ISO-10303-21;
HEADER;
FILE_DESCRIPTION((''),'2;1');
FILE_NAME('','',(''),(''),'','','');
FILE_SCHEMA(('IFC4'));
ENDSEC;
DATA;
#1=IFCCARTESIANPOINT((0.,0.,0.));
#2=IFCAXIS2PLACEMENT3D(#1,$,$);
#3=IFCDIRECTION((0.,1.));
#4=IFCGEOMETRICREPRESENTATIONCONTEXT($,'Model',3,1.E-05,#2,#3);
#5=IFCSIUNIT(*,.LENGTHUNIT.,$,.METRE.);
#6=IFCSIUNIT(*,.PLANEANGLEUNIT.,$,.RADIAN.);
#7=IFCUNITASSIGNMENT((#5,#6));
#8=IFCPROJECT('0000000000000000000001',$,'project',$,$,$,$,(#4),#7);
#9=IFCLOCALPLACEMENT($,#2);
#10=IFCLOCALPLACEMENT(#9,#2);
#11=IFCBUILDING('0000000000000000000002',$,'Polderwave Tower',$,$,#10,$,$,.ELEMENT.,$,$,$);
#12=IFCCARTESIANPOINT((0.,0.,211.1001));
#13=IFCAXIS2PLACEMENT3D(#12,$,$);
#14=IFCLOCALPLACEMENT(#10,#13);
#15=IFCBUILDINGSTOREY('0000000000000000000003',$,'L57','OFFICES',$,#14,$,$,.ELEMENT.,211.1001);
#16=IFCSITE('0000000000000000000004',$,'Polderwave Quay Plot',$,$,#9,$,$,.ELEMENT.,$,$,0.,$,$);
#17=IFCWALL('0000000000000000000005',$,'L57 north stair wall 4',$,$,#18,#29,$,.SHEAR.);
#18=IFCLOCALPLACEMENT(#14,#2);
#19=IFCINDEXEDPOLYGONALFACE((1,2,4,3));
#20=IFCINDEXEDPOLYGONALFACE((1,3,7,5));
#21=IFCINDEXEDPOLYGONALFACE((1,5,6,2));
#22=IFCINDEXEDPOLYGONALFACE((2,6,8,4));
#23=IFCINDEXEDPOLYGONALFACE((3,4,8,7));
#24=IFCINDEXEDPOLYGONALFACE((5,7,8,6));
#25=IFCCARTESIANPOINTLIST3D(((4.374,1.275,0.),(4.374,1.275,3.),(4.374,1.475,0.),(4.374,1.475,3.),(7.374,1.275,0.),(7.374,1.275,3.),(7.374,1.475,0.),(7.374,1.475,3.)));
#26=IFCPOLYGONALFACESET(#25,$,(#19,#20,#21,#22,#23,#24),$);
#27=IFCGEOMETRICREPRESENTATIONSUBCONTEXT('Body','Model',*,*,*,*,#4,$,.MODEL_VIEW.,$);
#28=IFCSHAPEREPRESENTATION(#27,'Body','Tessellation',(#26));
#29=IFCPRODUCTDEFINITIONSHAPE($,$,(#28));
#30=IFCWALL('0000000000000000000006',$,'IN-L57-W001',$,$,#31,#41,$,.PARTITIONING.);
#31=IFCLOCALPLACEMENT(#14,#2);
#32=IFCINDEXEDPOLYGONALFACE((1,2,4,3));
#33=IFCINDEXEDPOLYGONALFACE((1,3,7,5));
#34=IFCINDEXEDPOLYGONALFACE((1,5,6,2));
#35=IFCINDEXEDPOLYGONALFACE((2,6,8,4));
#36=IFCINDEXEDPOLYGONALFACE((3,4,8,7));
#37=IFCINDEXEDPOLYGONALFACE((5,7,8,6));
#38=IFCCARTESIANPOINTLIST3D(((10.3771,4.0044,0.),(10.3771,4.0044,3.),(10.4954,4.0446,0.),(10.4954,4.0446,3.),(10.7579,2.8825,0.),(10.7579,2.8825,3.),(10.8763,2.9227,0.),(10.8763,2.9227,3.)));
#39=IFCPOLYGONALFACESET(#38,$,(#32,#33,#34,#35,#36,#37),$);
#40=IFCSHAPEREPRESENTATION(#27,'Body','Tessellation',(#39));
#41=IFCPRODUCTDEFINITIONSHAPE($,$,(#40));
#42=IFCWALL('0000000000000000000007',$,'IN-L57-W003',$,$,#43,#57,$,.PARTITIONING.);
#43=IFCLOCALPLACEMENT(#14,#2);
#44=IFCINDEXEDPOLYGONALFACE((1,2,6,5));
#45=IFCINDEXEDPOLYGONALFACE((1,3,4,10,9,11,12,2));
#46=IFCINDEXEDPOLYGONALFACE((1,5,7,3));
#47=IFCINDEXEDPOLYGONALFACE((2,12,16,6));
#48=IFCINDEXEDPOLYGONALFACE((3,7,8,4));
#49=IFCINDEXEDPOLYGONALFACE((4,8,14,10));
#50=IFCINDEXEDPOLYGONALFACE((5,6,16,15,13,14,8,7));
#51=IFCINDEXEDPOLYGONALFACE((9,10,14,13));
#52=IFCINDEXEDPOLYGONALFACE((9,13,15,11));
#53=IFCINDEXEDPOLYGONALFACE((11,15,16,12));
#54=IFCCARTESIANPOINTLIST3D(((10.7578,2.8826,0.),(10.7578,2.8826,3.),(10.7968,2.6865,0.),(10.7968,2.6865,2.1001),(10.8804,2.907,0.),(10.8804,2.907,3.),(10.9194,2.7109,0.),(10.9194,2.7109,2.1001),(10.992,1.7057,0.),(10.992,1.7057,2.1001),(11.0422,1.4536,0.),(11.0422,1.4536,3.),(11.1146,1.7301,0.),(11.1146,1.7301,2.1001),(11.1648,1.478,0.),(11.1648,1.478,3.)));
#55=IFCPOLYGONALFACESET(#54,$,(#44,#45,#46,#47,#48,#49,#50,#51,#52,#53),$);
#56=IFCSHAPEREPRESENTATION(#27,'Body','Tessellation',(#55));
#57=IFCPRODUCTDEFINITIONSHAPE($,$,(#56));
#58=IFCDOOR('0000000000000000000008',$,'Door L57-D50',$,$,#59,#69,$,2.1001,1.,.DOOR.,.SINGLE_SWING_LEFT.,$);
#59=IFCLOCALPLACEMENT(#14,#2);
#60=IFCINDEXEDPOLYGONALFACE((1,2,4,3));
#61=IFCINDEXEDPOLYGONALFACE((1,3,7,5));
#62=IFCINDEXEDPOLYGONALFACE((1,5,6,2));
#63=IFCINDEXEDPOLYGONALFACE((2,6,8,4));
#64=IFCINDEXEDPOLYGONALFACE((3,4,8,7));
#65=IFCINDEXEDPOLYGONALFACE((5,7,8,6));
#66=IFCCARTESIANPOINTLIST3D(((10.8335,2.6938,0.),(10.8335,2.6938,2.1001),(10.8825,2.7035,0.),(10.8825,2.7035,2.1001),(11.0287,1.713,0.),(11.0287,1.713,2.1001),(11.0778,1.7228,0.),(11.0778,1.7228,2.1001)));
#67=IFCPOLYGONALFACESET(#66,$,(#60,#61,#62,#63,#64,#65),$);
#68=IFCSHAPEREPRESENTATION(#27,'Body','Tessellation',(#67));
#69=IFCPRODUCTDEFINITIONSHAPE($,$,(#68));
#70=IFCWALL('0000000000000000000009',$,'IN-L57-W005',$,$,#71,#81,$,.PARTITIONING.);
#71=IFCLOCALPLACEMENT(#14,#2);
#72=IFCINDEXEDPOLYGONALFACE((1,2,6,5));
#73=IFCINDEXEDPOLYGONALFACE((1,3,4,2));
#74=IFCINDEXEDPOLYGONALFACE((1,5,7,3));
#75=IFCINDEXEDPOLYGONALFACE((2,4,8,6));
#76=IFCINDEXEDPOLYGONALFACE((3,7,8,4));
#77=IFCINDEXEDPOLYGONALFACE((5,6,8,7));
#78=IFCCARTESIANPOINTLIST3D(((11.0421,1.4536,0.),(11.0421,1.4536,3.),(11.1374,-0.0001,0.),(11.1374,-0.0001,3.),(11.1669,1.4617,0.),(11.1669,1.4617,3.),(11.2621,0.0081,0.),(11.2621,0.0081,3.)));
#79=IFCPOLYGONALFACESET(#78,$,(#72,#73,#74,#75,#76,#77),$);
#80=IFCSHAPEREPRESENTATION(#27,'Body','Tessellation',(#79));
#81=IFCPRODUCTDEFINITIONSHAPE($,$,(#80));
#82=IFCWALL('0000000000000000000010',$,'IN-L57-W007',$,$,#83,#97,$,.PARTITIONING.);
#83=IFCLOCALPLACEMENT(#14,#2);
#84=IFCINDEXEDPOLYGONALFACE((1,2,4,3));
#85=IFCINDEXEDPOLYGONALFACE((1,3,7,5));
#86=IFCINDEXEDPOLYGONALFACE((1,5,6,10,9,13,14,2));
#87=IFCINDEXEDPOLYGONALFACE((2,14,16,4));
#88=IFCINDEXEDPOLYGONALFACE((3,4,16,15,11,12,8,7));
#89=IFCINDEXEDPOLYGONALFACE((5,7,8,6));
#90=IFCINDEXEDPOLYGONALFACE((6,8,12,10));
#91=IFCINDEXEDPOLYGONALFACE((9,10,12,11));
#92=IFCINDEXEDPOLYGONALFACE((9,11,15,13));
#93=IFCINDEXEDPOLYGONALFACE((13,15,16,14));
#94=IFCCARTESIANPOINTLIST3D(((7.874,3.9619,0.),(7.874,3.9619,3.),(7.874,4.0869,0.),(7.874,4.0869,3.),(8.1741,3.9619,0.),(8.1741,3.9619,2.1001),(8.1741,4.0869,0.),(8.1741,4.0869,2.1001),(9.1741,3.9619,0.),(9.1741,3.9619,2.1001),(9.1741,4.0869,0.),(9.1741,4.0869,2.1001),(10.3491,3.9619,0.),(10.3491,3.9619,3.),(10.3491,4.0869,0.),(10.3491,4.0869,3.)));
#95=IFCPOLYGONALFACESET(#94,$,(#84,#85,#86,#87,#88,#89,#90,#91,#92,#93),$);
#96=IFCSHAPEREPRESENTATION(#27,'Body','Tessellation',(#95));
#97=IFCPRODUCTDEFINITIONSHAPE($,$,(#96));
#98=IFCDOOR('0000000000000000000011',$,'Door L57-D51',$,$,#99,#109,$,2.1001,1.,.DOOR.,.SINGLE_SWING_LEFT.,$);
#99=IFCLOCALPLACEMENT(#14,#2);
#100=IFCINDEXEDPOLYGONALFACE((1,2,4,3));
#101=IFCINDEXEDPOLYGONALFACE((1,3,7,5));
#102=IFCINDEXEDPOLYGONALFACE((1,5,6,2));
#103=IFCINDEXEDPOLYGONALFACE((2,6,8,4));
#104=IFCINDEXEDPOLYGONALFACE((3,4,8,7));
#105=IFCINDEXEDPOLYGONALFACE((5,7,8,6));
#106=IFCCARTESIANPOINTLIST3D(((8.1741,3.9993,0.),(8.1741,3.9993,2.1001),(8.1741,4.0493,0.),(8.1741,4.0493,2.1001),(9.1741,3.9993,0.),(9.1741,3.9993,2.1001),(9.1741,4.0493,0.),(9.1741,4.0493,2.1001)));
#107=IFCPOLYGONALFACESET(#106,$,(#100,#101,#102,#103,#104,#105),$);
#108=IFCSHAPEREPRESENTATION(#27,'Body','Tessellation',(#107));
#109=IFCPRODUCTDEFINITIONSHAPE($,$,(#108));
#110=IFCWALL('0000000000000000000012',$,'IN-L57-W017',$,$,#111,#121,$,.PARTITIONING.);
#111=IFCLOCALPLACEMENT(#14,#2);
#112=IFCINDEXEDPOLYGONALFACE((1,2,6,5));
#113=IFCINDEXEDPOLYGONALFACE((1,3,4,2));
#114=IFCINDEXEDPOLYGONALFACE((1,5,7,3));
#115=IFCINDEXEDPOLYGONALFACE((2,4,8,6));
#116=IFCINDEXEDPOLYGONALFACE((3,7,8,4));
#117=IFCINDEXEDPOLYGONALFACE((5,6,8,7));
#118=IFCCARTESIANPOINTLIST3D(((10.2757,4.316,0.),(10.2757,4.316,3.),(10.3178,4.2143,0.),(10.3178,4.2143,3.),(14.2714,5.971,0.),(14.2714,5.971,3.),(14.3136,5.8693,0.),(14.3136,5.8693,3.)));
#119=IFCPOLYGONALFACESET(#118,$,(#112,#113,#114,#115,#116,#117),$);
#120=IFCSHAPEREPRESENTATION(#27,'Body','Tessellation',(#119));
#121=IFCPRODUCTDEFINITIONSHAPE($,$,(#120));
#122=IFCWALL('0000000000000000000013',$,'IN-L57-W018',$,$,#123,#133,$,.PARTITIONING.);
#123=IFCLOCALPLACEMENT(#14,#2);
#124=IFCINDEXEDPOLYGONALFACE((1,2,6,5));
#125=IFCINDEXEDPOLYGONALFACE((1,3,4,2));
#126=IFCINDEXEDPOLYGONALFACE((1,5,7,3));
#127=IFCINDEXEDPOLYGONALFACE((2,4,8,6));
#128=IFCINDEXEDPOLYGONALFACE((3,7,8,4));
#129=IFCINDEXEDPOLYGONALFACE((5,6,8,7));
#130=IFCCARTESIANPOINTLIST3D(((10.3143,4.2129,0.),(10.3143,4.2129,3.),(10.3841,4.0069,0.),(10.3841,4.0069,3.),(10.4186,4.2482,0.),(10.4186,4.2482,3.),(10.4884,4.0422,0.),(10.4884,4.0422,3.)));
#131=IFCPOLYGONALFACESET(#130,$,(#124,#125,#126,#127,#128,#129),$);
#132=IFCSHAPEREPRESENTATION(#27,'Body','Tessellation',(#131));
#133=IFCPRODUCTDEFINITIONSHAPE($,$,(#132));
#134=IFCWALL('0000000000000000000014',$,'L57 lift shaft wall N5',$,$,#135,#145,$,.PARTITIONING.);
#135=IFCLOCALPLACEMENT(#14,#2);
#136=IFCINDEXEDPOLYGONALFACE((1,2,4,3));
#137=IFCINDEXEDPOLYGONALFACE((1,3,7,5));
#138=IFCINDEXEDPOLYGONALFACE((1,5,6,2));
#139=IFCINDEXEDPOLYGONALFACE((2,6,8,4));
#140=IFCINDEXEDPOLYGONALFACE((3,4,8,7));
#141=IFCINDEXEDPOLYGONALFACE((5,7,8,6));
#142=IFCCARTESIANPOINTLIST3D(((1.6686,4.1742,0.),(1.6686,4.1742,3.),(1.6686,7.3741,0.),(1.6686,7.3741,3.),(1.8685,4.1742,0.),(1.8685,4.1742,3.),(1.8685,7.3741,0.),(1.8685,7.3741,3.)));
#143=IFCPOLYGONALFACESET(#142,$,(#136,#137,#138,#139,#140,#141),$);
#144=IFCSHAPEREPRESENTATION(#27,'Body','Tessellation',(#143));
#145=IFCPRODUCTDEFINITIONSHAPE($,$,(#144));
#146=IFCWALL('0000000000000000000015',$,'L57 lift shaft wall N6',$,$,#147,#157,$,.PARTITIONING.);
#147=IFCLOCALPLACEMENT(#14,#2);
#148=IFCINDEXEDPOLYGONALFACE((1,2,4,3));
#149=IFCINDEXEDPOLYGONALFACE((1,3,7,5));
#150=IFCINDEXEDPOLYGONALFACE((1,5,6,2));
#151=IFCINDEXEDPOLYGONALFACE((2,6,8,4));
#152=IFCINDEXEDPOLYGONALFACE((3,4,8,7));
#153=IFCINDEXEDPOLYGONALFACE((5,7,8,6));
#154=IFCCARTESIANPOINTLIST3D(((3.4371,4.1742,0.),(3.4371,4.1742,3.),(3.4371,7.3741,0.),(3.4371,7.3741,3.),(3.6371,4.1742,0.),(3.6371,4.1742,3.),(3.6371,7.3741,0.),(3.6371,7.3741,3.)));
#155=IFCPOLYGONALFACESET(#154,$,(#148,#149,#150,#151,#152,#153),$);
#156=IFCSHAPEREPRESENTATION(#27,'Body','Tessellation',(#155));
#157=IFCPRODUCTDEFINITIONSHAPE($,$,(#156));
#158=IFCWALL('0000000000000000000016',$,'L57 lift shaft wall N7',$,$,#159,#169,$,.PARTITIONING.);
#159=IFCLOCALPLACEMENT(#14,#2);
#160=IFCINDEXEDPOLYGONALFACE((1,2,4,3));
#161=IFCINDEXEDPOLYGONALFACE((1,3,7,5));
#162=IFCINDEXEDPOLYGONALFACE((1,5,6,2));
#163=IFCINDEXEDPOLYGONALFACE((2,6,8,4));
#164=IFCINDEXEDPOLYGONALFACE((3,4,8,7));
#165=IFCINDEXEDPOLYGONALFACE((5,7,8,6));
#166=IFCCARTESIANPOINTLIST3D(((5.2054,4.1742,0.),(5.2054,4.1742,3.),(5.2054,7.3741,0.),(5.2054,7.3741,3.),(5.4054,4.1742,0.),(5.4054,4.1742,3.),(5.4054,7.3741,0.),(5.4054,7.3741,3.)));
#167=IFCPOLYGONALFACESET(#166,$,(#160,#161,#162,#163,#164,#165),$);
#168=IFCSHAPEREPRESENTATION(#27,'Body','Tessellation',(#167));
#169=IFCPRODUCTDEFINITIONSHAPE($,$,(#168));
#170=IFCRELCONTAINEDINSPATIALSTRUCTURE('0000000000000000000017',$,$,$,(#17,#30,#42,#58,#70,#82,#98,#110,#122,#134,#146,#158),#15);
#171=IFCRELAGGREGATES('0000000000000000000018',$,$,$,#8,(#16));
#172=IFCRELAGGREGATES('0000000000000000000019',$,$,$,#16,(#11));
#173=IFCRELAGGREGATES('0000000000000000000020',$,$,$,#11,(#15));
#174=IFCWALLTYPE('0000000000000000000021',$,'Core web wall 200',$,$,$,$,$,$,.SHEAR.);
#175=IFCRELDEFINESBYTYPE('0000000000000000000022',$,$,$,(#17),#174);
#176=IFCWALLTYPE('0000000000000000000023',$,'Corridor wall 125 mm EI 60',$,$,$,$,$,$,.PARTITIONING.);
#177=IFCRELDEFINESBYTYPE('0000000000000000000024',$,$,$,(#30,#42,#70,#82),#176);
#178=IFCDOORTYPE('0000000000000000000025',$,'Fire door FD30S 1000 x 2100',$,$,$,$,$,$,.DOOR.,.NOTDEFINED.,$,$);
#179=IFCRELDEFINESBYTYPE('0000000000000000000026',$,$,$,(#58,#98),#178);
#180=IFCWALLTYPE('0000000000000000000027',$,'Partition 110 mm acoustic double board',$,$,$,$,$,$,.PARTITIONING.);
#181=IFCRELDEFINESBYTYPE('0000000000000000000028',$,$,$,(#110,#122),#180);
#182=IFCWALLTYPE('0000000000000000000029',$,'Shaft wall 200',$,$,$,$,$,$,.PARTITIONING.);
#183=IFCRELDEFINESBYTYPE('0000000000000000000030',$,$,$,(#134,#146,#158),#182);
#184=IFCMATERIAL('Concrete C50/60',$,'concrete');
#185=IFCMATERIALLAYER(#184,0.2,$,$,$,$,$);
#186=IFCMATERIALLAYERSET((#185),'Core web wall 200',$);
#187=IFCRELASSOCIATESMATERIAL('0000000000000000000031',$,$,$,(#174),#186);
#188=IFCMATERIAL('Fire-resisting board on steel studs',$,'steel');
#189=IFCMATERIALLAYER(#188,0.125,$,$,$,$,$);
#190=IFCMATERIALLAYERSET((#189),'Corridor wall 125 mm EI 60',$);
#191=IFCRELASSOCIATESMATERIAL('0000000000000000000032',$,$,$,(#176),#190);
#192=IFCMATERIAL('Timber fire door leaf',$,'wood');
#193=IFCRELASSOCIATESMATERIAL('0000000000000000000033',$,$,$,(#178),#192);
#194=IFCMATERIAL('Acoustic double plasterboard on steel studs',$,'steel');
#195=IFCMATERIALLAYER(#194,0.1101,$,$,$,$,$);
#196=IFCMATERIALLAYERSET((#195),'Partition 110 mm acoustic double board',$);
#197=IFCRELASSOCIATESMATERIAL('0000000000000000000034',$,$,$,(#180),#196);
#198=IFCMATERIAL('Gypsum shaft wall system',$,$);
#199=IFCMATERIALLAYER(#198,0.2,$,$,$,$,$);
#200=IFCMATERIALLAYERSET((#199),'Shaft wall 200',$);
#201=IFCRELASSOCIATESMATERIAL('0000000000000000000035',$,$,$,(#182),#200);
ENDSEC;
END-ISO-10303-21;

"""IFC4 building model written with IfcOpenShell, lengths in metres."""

from ifc_helpers import new_model, si_unit, direction, frame, frame_2d, origin, place, context, subcontext, project, spatial, rectangle, extrude, material, layer, layer_set, type_object, element, fill, save


model = new_model("IFC4")

# Units and contexts
model_context = context("Model", 3, precision=1e-05, world=origin(), true_north=direction((0.0, 1.0)))
body_context = subcontext(model_context, "Body", "Model", "MODEL_VIEW")
ifc_project = project(units=[si_unit("LENGTHUNIT", "METRE"), si_unit("PLANEANGLEUNIT", "RADIAN")], contexts=[model_context])

# Site, building, storey
site_placement = place(None, origin())
site = spatial("IfcSite", under=ifc_project, at=site_placement, Name="Polderwave Quay Plot", CompositionType="ELEMENT", RefElevation=0.0)
building_placement = place(site_placement, origin())
building = spatial("IfcBuilding", under=site, at=building_placement, Name="Polderwave Tower", CompositionType="ELEMENT")
storey_placement = place(building_placement, frame((0.0, 0.0, 211.1001)))
storey = spatial("IfcBuildingStorey", under=building, at=storey_placement, Name="L57", Description="OFFICES", CompositionType="ELEMENT", Elevation=211.1001)

# Walls
ifc_material_1 = material(Name="Concrete C50/60", Category="concrete")
ifc_layer_1 = layer(ifc_material_1, 0.2)
ifc_layer_set_1 = layer_set([ifc_layer_1], Name="Core web wall 200")
wall_type_1 = type_object("IfcWallType", Name="Core web wall 200", PredefinedType="SHEAR", material=ifc_layer_set_1)
wall_1_placement = place(storey_placement, frame((4.374, 1.375, 0.0), z_axis=(0.0, 0.0, 1.0), x_axis=(1.0, 0.0, 0.0)))
element("IfcWall", 1, at=wall_1_placement, inside=storey, type_object=wall_type_1, Name="L57 north stair wall 4", PredefinedType="SHEAR", context=body_context, shape_type="SweptSolid", body=[
    extrude(rectangle(XDim=3.0, YDim=0.2, at=frame_2d((1.5, 0.0))), origin(), (0.0, 0.0, 1.0), 3.0),
])
ifc_material_2 = material(Name="Fire-resisting board on steel studs", Category="steel")
ifc_layer_2 = layer(ifc_material_2, 0.125)
ifc_layer_set_2 = layer_set([ifc_layer_2], Name="Corridor wall 125 mm EI 60")
wall_type_2 = type_object("IfcWallType", Name="Corridor wall 125 mm EI 60", PredefinedType="PARTITIONING", material=ifc_layer_set_2)
wall_2_placement = place(storey_placement, frame((10.4363, 4.0244, 0.0), z_axis=(0.0, 0.0, 1.0), x_axis=(0.321478, -0.946917, 0.0)))
element("IfcWall", 2, at=wall_2_placement, inside=storey, type_object=wall_type_2, Name="IN-L57-W001", PredefinedType="PARTITIONING", context=body_context, shape_type="SweptSolid", body=[
    extrude(rectangle(XDim=1.1848, YDim=0.125, at=frame_2d((0.5923, 0.0))), origin(), (0.0, 0.0, 1.0), 3.0),
])

# Wall, opening, door
wall_3_placement = place(storey_placement, frame((10.8191, 2.8948, 0.0), z_axis=(0.0, 0.0, 1.0), x_axis=(0.195214, -0.980761, 0.0)))
wall_3 = element("IfcWall", 3, at=wall_3_placement, inside=storey, type_object=wall_type_2, Name="IN-L57-W003", PredefinedType="PARTITIONING", context=body_context, shape_type="SweptSolid", body=[
    extrude(rectangle(XDim=1.457, YDim=0.125, at=frame_2d((0.7285, 0.0))), origin(), (0.0, 0.0, 1.0), 3.0),
])
opening_1_placement = place(wall_3_placement, frame((0.2, 0.0, 0.0)))
opening_1 = element("IfcOpeningElement", 4, at=opening_1_placement, cuts=wall_3, PredefinedType="OPENING", context=body_context, shape_type="SweptSolid", body=[
    extrude(rectangle(XDim=1.0, YDim=2.1001, at=frame_2d((0.5, 1.05))), frame((0.0, 0.0725, 0.0), z_axis=(0.0, -1.0, 0.0), x_axis=(1.0, 0.0, 0.0)), (0.0, 0.0, 1.0), 0.145),
])
ifc_material_3 = material(Name="Timber fire door leaf", Category="wood")
door_type = type_object("IfcDoorType", Name="Fire door FD30S 1000 x 2100", OperationType="NOTDEFINED", PredefinedType="DOOR", material=ifc_material_3)
door_1_placement = place(opening_1_placement, origin())
door_1 = element("IfcDoor", 5, at=door_1_placement, inside=storey, type_object=door_type, Name="Door L57-D50", OperationType="SINGLE_SWING_LEFT", OverallHeight=2.1001, OverallWidth=1.0, PredefinedType="DOOR", context=body_context, shape_type="SweptSolid", body=[
    extrude(rectangle(XDim=1.0, YDim=2.1001, at=frame_2d((0.5, 1.05))), frame((0.0, 0.0249, 0.0), z_axis=(0.0, -1.0, 0.0), x_axis=(1.0, 0.0, 0.0)), (0.0, 0.0, 1.0), 0.05),
])
fill(opening_1, door_1)

# Wall
wall_4_placement = place(storey_placement, frame((11.1045, 1.4578, 0.0), z_axis=(0.0, 0.0, 1.0), x_axis=(0.065362, -0.997862, 0.0)))
element("IfcWall", 6, at=wall_4_placement, inside=storey, type_object=wall_type_2, Name="IN-L57-W005", PredefinedType="PARTITIONING", context=body_context, shape_type="SweptSolid", body=[
    extrude(rectangle(XDim=1.4568, YDim=0.125, at=frame_2d((0.7285, 0.0))), origin(), (0.0, 0.0, 1.0), 3.0),
])

# Wall, opening, door
wall_5_placement = place(storey_placement, frame((7.874, 4.0244, 0.0), z_axis=(0.0, 0.0, 1.0), x_axis=(1.0, 0.0, 0.0)))
wall_5 = element("IfcWall", 7, at=wall_5_placement, inside=storey, type_object=wall_type_2, Name="IN-L57-W007", PredefinedType="PARTITIONING", context=body_context, shape_type="SweptSolid", body=[
    extrude(rectangle(XDim=2.4751, YDim=0.125, at=frame_2d((1.2375, 0.0))), origin(), (0.0, 0.0, 1.0), 3.0),
])
opening_2_placement = place(wall_5_placement, frame((0.3, 0.0, 0.0)))
opening_2 = element("IfcOpeningElement", 8, at=opening_2_placement, cuts=wall_5, PredefinedType="OPENING", context=body_context, shape_type="SweptSolid", body=[
    extrude(rectangle(XDim=1.0, YDim=2.1001, at=frame_2d((0.5, 1.05))), frame((0.0, 0.0725, 0.0), z_axis=(0.0, -1.0, 0.0), x_axis=(1.0, 0.0, 0.0)), (0.0, 0.0, 1.0), 0.145),
])
door_2_placement = place(opening_2_placement, origin())
door_2 = element("IfcDoor", 9, at=door_2_placement, inside=storey, type_object=door_type, Name="Door L57-D51", OperationType="SINGLE_SWING_LEFT", OverallHeight=2.1001, OverallWidth=1.0, PredefinedType="DOOR", context=body_context, shape_type="SweptSolid", body=[
    extrude(rectangle(XDim=1.0, YDim=2.1001, at=frame_2d((0.5, 1.05))), frame((0.0, 0.0249, 0.0), z_axis=(0.0, -1.0, 0.0), x_axis=(1.0, 0.0, 0.0)), (0.0, 0.0, 1.0), 0.05),
])
fill(opening_2, door_2)

# Walls
ifc_material_4 = material(Name="Acoustic double plasterboard on steel studs", Category="steel")
ifc_layer_3 = layer(ifc_material_4, 0.1101)
ifc_layer_set_3 = layer_set([ifc_layer_3], Name="Partition 110 mm acoustic double board")
wall_type_3 = type_object("IfcWallType", Name="Partition 110 mm acoustic double board", PredefinedType="PARTITIONING", material=ifc_layer_set_3)
wall_6_placement = place(storey_placement, frame((10.2966, 4.2651, 0.0), z_axis=(0.0, 0.0, 1.0), x_axis=(0.923888, 0.382663, 0.0)))
element("IfcWall", 10, at=wall_6_placement, inside=storey, type_object=wall_type_3, Name="IN-L57-W017", PredefinedType="PARTITIONING", context=body_context, shape_type="SweptSolid", body=[
    extrude(rectangle(XDim=4.325, YDim=0.1101, at=frame_2d((2.1626, 0.0))), origin(), (0.0, 0.0, 1.0), 3.0),
])
wall_7_placement = place(storey_placement, frame((10.4363, 4.0244, 0.0), z_axis=(0.0, 0.0, 1.0), x_axis=(-0.320937, 0.947101, 0.0)))
element("IfcWall", 11, at=wall_7_placement, inside=storey, type_object=wall_type_3, Name="IN-L57-W018", PredefinedType="PARTITIONING", context=body_context, shape_type="SweptSolid", body=[
    extrude(rectangle(XDim=0.2175, YDim=0.1101, at=frame_2d((0.1089, 0.0))), origin(), (0.0, 0.0, 1.0), 3.0),
])
ifc_material_5 = material(Name="Gypsum shaft wall system")
ifc_layer_4 = layer(ifc_material_5, 0.2)
ifc_layer_set_4 = layer_set([ifc_layer_4], Name="Shaft wall 200")
wall_type_4 = type_object("IfcWallType", Name="Shaft wall 200", PredefinedType="PARTITIONING", material=ifc_layer_set_4)
for number, where, z_axis, x_axis, name in (
    (12, (1.7686, 4.1741, 0.0), (0.0, 0.0, 1.0), (0.0, 1.0, 0.0), "L57 lift shaft wall N5"),
    (13, (3.5371, 4.1741, 0.0), (0.0, 0.0, 1.0), (0.0, 1.0, 0.0), "L57 lift shaft wall N6"),
    (14, (5.3054, 4.1741, 0.0), (0.0, 0.0, 1.0), (0.0, 1.0, 0.0), "L57 lift shaft wall N7"),
):
    element("IfcWall", number, at=place(storey_placement, frame(where, z_axis=z_axis, x_axis=x_axis)), inside=storey, type_object=wall_type_4, Name=name, PredefinedType="PARTITIONING", context=body_context, shape_type="SweptSolid", body=[
        extrude(rectangle(XDim=3.2, YDim=0.2, at=frame_2d((1.6001, 0.0))), origin(), (0.0, 0.0, 1.0), 3.0),
    ])

save(model, "model.ifc")
